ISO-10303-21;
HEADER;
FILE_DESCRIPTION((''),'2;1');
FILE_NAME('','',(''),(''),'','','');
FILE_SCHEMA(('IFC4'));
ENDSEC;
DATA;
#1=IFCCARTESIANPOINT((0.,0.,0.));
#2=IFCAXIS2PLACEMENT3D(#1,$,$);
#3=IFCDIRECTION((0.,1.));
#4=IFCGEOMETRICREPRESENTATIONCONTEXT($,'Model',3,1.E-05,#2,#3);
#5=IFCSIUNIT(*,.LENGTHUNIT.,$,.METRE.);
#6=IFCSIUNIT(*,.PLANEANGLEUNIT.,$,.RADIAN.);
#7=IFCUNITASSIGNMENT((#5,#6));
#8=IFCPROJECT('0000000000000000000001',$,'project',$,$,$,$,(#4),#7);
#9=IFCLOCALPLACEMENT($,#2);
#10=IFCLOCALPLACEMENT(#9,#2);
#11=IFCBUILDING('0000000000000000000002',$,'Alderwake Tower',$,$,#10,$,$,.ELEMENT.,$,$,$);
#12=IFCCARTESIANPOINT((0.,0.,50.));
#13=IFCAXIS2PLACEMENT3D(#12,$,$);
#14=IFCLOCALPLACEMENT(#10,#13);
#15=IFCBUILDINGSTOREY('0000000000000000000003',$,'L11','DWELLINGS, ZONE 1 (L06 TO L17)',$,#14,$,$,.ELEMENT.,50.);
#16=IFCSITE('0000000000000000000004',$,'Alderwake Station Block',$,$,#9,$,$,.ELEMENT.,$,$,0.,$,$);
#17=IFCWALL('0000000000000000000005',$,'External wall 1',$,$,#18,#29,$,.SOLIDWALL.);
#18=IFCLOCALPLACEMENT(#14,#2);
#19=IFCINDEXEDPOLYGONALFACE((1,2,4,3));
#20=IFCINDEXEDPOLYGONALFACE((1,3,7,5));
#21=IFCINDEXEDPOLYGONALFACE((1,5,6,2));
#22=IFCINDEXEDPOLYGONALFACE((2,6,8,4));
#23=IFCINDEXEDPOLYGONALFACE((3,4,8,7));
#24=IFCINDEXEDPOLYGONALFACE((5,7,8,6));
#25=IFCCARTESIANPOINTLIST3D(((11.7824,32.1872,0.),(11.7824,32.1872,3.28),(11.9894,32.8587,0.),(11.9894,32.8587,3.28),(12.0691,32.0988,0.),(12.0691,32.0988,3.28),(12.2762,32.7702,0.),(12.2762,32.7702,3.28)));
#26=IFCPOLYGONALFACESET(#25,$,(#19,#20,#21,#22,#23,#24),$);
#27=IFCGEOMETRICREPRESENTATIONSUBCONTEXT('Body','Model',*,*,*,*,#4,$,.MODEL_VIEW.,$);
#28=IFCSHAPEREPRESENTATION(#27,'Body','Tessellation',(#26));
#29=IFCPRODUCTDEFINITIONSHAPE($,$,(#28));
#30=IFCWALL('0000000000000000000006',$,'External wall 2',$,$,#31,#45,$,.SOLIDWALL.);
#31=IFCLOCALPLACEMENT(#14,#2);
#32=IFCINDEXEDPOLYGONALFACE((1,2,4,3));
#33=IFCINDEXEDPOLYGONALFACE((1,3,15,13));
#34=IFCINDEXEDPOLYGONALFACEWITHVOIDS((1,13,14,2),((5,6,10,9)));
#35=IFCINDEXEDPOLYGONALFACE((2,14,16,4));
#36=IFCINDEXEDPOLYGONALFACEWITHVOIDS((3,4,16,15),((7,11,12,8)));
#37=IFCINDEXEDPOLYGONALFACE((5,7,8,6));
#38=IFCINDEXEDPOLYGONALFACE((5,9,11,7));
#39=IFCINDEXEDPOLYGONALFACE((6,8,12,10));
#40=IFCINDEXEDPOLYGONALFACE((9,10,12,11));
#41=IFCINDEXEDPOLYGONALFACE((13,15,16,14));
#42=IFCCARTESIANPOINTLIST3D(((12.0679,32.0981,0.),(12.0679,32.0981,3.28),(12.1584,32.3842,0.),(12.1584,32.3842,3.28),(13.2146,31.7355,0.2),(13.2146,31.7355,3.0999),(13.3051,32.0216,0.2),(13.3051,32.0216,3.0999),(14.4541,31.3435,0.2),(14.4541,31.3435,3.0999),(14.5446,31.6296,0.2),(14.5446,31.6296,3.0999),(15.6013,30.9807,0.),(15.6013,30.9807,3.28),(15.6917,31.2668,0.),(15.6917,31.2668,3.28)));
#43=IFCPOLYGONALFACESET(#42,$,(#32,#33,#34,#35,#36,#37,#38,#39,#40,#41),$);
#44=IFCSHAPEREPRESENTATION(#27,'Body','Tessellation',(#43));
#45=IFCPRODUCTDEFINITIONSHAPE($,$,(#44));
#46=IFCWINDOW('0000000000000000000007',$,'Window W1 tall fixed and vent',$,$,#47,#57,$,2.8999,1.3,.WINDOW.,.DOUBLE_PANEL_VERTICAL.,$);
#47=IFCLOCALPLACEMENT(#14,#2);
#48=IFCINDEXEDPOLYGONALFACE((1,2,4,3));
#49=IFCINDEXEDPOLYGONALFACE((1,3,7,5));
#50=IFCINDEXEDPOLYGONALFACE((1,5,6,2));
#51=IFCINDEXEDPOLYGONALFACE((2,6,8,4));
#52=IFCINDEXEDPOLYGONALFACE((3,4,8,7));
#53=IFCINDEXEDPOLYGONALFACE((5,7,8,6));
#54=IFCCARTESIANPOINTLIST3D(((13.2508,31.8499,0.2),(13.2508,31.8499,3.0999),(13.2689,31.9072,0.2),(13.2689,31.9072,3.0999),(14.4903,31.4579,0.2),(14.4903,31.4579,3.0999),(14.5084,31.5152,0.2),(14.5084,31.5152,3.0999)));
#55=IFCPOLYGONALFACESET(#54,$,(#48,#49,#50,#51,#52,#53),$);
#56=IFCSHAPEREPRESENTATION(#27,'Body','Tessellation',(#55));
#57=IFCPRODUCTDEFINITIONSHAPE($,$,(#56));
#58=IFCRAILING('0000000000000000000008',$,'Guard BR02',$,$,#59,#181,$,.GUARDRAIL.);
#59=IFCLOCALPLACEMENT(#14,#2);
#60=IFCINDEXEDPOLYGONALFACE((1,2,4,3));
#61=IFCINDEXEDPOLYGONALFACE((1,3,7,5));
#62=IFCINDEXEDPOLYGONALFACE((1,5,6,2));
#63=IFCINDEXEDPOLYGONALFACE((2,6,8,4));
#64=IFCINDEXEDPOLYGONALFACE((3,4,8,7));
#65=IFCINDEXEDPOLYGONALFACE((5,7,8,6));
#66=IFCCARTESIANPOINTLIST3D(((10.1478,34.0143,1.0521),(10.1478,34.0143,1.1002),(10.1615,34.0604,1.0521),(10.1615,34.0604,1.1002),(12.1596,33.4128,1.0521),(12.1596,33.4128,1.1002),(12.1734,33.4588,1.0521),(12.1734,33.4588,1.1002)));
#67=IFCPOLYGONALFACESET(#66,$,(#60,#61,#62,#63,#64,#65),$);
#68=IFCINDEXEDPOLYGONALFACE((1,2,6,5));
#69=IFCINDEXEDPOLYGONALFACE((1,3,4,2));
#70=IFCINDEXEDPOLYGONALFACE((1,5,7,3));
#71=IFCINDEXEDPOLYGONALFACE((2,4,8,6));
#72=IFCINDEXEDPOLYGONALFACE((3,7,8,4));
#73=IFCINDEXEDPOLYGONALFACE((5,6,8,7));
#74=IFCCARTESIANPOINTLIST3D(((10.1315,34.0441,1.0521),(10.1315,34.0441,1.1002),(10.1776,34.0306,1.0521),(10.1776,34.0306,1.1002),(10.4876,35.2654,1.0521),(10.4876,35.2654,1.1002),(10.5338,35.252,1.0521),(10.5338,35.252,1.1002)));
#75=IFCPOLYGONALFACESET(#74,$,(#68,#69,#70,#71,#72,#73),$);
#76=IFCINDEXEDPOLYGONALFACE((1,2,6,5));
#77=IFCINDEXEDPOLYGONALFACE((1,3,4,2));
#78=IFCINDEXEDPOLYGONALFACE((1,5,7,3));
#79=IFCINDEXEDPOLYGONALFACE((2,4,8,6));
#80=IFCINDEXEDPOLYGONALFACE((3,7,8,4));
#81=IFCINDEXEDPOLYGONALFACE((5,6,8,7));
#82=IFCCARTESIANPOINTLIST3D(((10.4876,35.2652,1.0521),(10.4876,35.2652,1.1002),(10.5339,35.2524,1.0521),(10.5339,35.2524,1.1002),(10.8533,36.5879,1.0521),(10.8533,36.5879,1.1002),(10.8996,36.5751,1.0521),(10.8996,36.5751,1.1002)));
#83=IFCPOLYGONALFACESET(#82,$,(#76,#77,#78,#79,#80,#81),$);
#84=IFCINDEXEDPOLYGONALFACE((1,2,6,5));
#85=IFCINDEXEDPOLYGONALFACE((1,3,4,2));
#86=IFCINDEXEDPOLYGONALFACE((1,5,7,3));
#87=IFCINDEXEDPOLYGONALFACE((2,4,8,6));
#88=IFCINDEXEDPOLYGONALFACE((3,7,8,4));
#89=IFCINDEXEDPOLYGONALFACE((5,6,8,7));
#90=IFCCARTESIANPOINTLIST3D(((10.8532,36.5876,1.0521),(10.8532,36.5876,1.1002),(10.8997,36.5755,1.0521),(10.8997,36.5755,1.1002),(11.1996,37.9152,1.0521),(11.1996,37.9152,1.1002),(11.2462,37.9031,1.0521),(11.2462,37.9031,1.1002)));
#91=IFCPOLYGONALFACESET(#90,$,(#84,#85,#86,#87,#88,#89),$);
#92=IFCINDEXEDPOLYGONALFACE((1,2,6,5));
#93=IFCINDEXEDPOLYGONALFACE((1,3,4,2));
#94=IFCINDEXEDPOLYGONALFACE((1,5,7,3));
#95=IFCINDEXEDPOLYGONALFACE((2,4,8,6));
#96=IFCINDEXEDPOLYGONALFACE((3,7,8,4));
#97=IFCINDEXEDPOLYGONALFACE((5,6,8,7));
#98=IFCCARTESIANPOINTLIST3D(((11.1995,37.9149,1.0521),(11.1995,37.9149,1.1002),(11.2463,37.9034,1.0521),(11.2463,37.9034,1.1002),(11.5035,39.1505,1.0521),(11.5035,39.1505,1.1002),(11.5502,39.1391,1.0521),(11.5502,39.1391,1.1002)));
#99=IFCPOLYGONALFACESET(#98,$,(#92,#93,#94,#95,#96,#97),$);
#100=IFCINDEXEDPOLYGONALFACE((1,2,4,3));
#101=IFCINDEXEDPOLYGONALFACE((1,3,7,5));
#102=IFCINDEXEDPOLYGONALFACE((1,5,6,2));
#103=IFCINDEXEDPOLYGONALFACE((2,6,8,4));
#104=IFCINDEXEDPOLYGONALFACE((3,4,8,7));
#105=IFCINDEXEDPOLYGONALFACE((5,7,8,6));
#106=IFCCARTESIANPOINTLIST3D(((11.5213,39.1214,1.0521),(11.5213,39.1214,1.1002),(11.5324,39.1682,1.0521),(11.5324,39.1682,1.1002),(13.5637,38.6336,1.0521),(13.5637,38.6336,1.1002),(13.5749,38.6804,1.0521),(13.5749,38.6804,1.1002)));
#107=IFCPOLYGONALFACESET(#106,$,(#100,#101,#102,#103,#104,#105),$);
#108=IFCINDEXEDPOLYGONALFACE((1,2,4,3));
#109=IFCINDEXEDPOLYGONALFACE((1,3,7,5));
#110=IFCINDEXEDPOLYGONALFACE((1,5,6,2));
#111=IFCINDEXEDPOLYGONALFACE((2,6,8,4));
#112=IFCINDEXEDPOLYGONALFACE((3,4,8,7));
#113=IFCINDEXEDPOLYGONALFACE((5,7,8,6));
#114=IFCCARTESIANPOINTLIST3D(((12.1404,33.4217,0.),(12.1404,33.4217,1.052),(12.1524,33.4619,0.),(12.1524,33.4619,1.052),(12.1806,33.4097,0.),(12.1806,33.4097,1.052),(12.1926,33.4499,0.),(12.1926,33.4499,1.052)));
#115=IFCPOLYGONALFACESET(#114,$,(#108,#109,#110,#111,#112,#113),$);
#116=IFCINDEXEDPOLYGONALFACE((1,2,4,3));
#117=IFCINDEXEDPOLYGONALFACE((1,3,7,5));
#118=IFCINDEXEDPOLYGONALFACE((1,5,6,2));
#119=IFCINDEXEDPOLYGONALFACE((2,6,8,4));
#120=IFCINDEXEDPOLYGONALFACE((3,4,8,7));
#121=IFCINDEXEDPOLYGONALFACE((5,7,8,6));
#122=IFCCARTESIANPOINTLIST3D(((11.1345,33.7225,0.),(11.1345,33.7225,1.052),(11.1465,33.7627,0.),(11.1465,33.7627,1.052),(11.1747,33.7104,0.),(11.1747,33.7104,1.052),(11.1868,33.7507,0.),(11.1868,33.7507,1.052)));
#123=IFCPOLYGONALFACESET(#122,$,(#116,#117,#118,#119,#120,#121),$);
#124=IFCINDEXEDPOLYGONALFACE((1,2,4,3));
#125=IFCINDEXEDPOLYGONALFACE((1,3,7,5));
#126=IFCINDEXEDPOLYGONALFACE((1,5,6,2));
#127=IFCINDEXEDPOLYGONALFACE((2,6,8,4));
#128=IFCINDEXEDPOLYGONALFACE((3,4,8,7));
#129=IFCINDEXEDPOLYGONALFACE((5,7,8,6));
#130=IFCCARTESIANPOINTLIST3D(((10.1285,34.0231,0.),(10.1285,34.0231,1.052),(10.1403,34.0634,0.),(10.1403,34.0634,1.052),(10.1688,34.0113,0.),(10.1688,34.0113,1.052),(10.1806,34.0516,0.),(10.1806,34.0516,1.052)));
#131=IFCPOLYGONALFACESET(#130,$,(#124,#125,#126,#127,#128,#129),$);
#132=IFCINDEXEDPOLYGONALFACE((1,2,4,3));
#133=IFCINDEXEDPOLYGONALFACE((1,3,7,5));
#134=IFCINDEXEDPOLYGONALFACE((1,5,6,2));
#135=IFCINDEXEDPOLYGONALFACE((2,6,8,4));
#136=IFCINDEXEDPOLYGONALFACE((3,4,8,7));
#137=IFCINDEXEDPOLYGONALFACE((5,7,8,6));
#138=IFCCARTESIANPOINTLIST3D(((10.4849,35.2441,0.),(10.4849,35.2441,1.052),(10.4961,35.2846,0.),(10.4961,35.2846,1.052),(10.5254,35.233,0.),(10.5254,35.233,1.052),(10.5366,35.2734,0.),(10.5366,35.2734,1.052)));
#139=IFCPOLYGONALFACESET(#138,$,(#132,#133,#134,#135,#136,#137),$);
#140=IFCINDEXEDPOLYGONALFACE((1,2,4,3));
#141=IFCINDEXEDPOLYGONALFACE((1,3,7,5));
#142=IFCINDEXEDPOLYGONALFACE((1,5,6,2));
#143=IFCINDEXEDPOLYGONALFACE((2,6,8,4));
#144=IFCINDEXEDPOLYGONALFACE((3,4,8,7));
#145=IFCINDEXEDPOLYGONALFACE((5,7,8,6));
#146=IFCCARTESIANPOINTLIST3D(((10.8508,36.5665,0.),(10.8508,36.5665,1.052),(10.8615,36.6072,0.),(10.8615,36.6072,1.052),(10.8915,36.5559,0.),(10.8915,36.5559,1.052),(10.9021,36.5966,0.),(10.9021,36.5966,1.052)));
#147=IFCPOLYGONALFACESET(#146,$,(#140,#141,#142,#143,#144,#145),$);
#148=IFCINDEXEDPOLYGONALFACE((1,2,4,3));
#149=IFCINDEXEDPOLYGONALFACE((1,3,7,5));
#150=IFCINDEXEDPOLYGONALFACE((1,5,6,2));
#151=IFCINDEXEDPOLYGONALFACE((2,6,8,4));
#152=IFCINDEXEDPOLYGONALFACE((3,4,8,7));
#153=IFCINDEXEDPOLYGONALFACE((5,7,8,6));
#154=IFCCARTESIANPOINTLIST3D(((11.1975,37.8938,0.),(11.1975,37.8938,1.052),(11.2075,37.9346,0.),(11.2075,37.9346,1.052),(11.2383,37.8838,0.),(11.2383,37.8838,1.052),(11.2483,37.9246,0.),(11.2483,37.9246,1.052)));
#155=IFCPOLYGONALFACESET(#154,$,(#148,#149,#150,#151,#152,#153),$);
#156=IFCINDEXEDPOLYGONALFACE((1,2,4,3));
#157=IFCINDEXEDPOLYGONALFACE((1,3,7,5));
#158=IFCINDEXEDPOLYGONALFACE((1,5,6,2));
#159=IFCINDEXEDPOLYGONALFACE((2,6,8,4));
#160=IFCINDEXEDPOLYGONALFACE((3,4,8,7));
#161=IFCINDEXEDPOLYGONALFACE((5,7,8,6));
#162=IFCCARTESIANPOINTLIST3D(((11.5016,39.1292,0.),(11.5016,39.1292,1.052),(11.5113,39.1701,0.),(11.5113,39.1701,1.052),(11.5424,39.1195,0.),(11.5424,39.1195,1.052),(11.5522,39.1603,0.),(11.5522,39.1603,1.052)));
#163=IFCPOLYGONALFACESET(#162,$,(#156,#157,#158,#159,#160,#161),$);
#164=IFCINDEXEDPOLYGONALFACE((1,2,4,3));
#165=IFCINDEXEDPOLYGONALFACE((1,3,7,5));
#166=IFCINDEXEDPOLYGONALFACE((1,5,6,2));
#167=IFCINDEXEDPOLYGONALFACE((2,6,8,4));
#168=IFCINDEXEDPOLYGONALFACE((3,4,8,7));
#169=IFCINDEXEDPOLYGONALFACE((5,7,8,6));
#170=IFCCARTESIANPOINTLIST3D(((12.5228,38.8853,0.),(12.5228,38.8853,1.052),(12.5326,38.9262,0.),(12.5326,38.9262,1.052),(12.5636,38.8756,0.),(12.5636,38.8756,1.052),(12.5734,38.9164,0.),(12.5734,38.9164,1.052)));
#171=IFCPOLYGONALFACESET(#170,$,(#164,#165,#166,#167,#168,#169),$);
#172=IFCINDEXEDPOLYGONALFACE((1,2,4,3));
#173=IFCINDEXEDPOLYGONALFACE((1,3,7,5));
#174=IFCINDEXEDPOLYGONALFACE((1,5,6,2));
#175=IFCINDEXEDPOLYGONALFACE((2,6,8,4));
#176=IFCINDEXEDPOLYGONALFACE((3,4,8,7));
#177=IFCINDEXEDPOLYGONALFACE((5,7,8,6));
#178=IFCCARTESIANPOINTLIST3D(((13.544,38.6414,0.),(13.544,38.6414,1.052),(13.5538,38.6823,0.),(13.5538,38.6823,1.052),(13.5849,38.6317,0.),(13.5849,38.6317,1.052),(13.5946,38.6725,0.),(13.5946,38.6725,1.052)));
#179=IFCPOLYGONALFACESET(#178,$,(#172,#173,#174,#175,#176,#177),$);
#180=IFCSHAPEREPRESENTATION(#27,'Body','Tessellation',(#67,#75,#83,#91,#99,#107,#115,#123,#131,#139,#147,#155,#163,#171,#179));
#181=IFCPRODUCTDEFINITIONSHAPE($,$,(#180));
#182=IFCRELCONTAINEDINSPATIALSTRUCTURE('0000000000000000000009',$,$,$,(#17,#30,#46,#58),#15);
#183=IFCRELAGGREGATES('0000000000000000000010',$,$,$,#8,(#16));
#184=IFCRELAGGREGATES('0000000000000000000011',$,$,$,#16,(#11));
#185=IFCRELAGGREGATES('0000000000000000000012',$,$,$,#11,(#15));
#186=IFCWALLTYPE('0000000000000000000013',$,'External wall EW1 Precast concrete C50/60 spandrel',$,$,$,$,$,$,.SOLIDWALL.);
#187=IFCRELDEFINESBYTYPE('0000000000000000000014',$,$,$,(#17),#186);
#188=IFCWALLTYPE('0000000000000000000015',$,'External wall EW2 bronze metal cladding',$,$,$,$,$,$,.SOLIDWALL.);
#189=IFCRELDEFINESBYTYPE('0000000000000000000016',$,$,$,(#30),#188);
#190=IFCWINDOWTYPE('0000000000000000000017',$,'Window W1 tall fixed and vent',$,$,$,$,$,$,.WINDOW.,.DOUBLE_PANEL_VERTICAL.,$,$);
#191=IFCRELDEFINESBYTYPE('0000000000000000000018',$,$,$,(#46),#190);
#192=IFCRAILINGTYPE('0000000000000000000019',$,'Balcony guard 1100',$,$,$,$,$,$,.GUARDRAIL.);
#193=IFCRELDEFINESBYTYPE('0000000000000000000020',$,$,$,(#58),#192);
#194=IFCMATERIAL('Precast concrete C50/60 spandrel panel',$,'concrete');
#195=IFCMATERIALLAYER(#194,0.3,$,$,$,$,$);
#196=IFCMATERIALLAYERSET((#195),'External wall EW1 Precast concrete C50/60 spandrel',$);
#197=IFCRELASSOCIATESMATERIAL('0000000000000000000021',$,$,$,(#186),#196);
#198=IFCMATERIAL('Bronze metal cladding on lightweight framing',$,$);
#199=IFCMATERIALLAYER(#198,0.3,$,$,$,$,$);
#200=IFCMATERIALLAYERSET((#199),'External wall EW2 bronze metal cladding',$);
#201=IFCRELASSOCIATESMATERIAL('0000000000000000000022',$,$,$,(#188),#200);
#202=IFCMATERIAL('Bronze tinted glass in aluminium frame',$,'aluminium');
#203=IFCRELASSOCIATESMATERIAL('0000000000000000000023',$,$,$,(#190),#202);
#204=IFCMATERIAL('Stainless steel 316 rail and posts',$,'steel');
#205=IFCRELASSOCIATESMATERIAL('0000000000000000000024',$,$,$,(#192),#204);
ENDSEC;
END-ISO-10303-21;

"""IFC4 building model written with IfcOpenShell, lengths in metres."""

from ifc_helpers import new_model, si_unit, direction, frame, frame_2d, origin, origin_2d, place, context, subcontext, project, spatial, rectangle, extrude, material, layer, layer_set, type_object, element, fill, save


model = new_model("IFC4")

# Units and contexts
model_context = context("Model", 3, precision=1e-05, world=origin(), true_north=direction((0.0, 1.0)))
body_context = subcontext(model_context, "Body", "Model", "MODEL_VIEW")
ifc_project = project(units=[si_unit("LENGTHUNIT", "METRE"), si_unit("PLANEANGLEUNIT", "RADIAN")], contexts=[model_context])

# Site, building, storey
site_placement = place(None, origin())
site = spatial("IfcSite", under=ifc_project, at=site_placement, Name="Alderwake Station Block", CompositionType="ELEMENT", RefElevation=0.0)
building_placement = place(site_placement, origin())
building = spatial("IfcBuilding", under=site, at=building_placement, Name="Alderwake Tower", CompositionType="ELEMENT")
storey_placement = place(building_placement, frame((0.0, 0.0, 50.0)))
storey = spatial("IfcBuildingStorey", under=building, at=storey_placement, Name="L11", Description="DWELLINGS, ZONE 1 (L06 TO L17)", CompositionType="ELEMENT", Elevation=50.0)

# Wall
ifc_material_1 = material(Name="Precast concrete C50/60 spandrel panel", Category="concrete")
ifc_layer_1 = layer(ifc_material_1, 0.3)
ifc_layer_set_1 = layer_set([ifc_layer_1], Name="External wall EW1 Precast concrete C50/60 spandrel")
wall_type_1 = type_object("IfcWallType", Name="External wall EW1 Precast concrete C50/60 spandrel", PredefinedType="SOLIDWALL", material=ifc_layer_set_1)
wall_1_placement = place(storey_placement, frame((12.1328, 32.8145, 0.0), z_axis=(0.0, 0.0, 1.0), x_axis=(-0.294672, -0.955599, 0.0)))
element("IfcWall", 1, at=wall_1_placement, inside=storey, type_object=wall_type_1, Name="External wall 1", PredefinedType="SOLIDWALL", context=body_context, shape_type="SweptSolid", body=[
    extrude(rectangle(XDim=0.7026, YDim=0.3, at=frame_2d((0.3513, 0.0))), origin(), (0.0, 0.0, 1.0), 3.28),
])

# Wall, opening, window
ifc_material_2 = material(Name="Bronze metal cladding on lightweight framing")
ifc_layer_2 = layer(ifc_material_2, 0.3)
ifc_layer_set_2 = layer_set([ifc_layer_2], Name="External wall EW2 bronze metal cladding")
wall_type_2 = type_object("IfcWallType", Name="External wall EW2 bronze metal cladding", PredefinedType="SOLIDWALL", material=ifc_layer_set_2)
wall_2_placement = place(storey_placement, frame((12.113, 32.2412, 0.0), z_axis=(0.0, 0.0, 1.0), x_axis=(0.953458, -0.301525, 0.0)))
wall_2 = element("IfcWall", 2, at=wall_2_placement, inside=storey, type_object=wall_type_2, Name="External wall 2", PredefinedType="SOLIDWALL", context=body_context, shape_type="SweptSolid", body=[
    extrude(rectangle(XDim=3.7058, YDim=0.3, at=frame_2d((1.853, 0.0))), origin(), (0.0, 0.0, 1.0), 3.28),
])
opening_placement = place(wall_2_placement, frame((1.2029, 0.0, 0.2)))
opening = element("IfcOpeningElement", 3, at=opening_placement, cuts=wall_2, PredefinedType="OPENING", context=body_context, shape_type="SweptSolid", body=[
    extrude(rectangle(XDim=1.3, YDim=2.8999, at=frame_2d((0.6499, 1.45))), frame((0.0, 0.1599, 0.0), z_axis=(0.0, -1.0, 0.0), x_axis=(1.0, 0.0, 0.0)), (0.0, 0.0, 1.0), 0.3201),
])
ifc_material_3 = material(Name="Bronze tinted glass in aluminium frame", Category="aluminium")
window_type = type_object("IfcWindowType", Name="Window W1 tall fixed and vent", PartitioningType="DOUBLE_PANEL_VERTICAL", PredefinedType="WINDOW", material=ifc_material_3)
window_placement = place(opening_placement, origin())
window = element("IfcWindow", 4, at=window_placement, inside=storey, type_object=window_type, Name="Window W1 tall fixed and vent", OverallHeight=2.8999, OverallWidth=1.3, PartitioningType="DOUBLE_PANEL_VERTICAL", PredefinedType="WINDOW", context=body_context, shape_type="SweptSolid", body=[
    extrude(rectangle(XDim=1.3, YDim=2.8999, at=frame_2d((0.6499, 1.45))), frame((0.0, 0.03, 0.0), z_axis=(0.0, -1.0, 0.0), x_axis=(1.0, 0.0, 0.0)), (0.0, 0.0, 1.0), 0.0601),
])
fill(opening, window)

# Railing
ifc_material_4 = material(Name="Stainless steel 316 rail and posts", Category="steel")
railing_type = type_object("IfcRailingType", Name="Balcony guard 1100", PredefinedType="GUARDRAIL", material=ifc_material_4)
railing_1_placement = place(storey_placement, frame((12.1665, 33.4358, 0.0)))
element("IfcRailing", 5, at=railing_1_placement, inside=storey, type_object=railing_type, Name="Guard BR02", PredefinedType="GUARDRAIL", context=body_context, shape_type="SweptSolid", body=[
    extrude(rectangle(XDim=0.0481, YDim=0.0481, at=origin_2d()), frame((0.0, 0.0, 1.0762), z_axis=(-0.958091, 0.286462, 0.0), x_axis=(-0.286462, -0.958091, 0.0)), (0.0, 0.0, 1.0), 2.0999),
    extrude(rectangle(XDim=0.0481, YDim=0.0481, at=origin_2d()), frame((-2.012, 0.6016, 1.0762), z_axis=(0.279963, 0.960011, 0.0), x_axis=(-0.960011, 0.279963, 0.0)), (0.0, 0.0, 1.0), 1.2722),
    extrude(rectangle(XDim=0.0481, YDim=0.0481, at=origin_2d()), frame((-1.6558, 1.823, 1.0762), z_axis=(0.266488, 0.963838, 0.0), x_axis=(-0.963838, 0.266488, 0.0)), (0.0, 0.0, 1.0), 1.3723),
    extrude(rectangle(XDim=0.0481, YDim=0.0481, at=origin_2d()), frame((-1.29, 3.1458, 1.0762), z_axis=(0.252487, 0.9676, 0.0), x_axis=(-0.9676, 0.252487, 0.0)), (0.0, 0.0, 1.0), 1.3721),
    extrude(rectangle(XDim=0.0481, YDim=0.0481, at=origin_2d()), frame((-0.9436, 4.4734, 1.0762), z_axis=(0.238877, 0.97105, 0.0), x_axis=(-0.97105, 0.238877, 0.0)), (0.0, 0.0, 1.0), 1.2725),
    extrude(rectangle(XDim=0.0481, YDim=0.0481, at=origin_2d()), frame((-0.6396, 5.709, 1.0762), z_axis=(0.972646, -0.232291, 0.0), x_axis=(0.232291, 0.972646, 0.0)), (0.0, 0.0, 1.0), 2.0999),
    extrude(rectangle(XDim=0.042, YDim=0.042, at=origin_2d()), frame((0.0, 0.0, 0.0), z_axis=(0.0, 0.0, 1.0), x_axis=(-0.958091, 0.286462, 0.0)), (0.0, 0.0, 1.0), 1.052),
    extrude(rectangle(XDim=0.042, YDim=0.042, at=origin_2d()), frame((-1.0059, 0.3008, 0.0), z_axis=(0.0, 0.0, 1.0), x_axis=(-0.958091, 0.286462, 0.0)), (0.0, 0.0, 1.0), 1.052),
    extrude(rectangle(XDim=0.042, YDim=0.042, at=origin_2d()), frame((-2.012, 0.6016, 0.0), z_axis=(0.0, 0.0, 1.0), x_axis=(0.279963, 0.960011, 0.0)), (0.0, 0.0, 1.0), 1.052),
    extrude(rectangle(XDim=0.042, YDim=0.042, at=origin_2d()), frame((-1.6558, 1.823, 0.0), z_axis=(0.0, 0.0, 1.0), x_axis=(0.266488, 0.963838, 0.0)), (0.0, 0.0, 1.0), 1.052),
    extrude(rectangle(XDim=0.042, YDim=0.042, at=origin_2d()), frame((-1.29, 3.1458, 0.0), z_axis=(0.0, 0.0, 1.0), x_axis=(0.252487, 0.9676, 0.0)), (0.0, 0.0, 1.0), 1.052),
    extrude(rectangle(XDim=0.042, YDim=0.042, at=origin_2d()), frame((-0.9436, 4.4734, 0.0), z_axis=(0.0, 0.0, 1.0), x_axis=(0.238877, 0.97105, 0.0)), (0.0, 0.0, 1.0), 1.052),
    extrude(rectangle(XDim=0.042, YDim=0.042, at=origin_2d()), frame((-0.6396, 5.709, 0.0), z_axis=(0.0, 0.0, 1.0), x_axis=(0.972646, -0.232291, 0.0)), (0.0, 0.0, 1.0), 1.052),
    extrude(rectangle(XDim=0.042, YDim=0.042, at=origin_2d()), frame((0.3816, 5.4651, 0.0), z_axis=(0.0, 0.0, 1.0), x_axis=(0.972646, -0.232291, 0.0)), (0.0, 0.0, 1.0), 1.052),
    extrude(rectangle(XDim=0.042, YDim=0.042, at=origin_2d()), frame((1.4028, 5.2212, 0.0), z_axis=(0.0, 0.0, 1.0), x_axis=(0.972646, -0.232291, 0.0)), (0.0, 0.0, 1.0), 1.052),
])

save(model, "model.ifc")
